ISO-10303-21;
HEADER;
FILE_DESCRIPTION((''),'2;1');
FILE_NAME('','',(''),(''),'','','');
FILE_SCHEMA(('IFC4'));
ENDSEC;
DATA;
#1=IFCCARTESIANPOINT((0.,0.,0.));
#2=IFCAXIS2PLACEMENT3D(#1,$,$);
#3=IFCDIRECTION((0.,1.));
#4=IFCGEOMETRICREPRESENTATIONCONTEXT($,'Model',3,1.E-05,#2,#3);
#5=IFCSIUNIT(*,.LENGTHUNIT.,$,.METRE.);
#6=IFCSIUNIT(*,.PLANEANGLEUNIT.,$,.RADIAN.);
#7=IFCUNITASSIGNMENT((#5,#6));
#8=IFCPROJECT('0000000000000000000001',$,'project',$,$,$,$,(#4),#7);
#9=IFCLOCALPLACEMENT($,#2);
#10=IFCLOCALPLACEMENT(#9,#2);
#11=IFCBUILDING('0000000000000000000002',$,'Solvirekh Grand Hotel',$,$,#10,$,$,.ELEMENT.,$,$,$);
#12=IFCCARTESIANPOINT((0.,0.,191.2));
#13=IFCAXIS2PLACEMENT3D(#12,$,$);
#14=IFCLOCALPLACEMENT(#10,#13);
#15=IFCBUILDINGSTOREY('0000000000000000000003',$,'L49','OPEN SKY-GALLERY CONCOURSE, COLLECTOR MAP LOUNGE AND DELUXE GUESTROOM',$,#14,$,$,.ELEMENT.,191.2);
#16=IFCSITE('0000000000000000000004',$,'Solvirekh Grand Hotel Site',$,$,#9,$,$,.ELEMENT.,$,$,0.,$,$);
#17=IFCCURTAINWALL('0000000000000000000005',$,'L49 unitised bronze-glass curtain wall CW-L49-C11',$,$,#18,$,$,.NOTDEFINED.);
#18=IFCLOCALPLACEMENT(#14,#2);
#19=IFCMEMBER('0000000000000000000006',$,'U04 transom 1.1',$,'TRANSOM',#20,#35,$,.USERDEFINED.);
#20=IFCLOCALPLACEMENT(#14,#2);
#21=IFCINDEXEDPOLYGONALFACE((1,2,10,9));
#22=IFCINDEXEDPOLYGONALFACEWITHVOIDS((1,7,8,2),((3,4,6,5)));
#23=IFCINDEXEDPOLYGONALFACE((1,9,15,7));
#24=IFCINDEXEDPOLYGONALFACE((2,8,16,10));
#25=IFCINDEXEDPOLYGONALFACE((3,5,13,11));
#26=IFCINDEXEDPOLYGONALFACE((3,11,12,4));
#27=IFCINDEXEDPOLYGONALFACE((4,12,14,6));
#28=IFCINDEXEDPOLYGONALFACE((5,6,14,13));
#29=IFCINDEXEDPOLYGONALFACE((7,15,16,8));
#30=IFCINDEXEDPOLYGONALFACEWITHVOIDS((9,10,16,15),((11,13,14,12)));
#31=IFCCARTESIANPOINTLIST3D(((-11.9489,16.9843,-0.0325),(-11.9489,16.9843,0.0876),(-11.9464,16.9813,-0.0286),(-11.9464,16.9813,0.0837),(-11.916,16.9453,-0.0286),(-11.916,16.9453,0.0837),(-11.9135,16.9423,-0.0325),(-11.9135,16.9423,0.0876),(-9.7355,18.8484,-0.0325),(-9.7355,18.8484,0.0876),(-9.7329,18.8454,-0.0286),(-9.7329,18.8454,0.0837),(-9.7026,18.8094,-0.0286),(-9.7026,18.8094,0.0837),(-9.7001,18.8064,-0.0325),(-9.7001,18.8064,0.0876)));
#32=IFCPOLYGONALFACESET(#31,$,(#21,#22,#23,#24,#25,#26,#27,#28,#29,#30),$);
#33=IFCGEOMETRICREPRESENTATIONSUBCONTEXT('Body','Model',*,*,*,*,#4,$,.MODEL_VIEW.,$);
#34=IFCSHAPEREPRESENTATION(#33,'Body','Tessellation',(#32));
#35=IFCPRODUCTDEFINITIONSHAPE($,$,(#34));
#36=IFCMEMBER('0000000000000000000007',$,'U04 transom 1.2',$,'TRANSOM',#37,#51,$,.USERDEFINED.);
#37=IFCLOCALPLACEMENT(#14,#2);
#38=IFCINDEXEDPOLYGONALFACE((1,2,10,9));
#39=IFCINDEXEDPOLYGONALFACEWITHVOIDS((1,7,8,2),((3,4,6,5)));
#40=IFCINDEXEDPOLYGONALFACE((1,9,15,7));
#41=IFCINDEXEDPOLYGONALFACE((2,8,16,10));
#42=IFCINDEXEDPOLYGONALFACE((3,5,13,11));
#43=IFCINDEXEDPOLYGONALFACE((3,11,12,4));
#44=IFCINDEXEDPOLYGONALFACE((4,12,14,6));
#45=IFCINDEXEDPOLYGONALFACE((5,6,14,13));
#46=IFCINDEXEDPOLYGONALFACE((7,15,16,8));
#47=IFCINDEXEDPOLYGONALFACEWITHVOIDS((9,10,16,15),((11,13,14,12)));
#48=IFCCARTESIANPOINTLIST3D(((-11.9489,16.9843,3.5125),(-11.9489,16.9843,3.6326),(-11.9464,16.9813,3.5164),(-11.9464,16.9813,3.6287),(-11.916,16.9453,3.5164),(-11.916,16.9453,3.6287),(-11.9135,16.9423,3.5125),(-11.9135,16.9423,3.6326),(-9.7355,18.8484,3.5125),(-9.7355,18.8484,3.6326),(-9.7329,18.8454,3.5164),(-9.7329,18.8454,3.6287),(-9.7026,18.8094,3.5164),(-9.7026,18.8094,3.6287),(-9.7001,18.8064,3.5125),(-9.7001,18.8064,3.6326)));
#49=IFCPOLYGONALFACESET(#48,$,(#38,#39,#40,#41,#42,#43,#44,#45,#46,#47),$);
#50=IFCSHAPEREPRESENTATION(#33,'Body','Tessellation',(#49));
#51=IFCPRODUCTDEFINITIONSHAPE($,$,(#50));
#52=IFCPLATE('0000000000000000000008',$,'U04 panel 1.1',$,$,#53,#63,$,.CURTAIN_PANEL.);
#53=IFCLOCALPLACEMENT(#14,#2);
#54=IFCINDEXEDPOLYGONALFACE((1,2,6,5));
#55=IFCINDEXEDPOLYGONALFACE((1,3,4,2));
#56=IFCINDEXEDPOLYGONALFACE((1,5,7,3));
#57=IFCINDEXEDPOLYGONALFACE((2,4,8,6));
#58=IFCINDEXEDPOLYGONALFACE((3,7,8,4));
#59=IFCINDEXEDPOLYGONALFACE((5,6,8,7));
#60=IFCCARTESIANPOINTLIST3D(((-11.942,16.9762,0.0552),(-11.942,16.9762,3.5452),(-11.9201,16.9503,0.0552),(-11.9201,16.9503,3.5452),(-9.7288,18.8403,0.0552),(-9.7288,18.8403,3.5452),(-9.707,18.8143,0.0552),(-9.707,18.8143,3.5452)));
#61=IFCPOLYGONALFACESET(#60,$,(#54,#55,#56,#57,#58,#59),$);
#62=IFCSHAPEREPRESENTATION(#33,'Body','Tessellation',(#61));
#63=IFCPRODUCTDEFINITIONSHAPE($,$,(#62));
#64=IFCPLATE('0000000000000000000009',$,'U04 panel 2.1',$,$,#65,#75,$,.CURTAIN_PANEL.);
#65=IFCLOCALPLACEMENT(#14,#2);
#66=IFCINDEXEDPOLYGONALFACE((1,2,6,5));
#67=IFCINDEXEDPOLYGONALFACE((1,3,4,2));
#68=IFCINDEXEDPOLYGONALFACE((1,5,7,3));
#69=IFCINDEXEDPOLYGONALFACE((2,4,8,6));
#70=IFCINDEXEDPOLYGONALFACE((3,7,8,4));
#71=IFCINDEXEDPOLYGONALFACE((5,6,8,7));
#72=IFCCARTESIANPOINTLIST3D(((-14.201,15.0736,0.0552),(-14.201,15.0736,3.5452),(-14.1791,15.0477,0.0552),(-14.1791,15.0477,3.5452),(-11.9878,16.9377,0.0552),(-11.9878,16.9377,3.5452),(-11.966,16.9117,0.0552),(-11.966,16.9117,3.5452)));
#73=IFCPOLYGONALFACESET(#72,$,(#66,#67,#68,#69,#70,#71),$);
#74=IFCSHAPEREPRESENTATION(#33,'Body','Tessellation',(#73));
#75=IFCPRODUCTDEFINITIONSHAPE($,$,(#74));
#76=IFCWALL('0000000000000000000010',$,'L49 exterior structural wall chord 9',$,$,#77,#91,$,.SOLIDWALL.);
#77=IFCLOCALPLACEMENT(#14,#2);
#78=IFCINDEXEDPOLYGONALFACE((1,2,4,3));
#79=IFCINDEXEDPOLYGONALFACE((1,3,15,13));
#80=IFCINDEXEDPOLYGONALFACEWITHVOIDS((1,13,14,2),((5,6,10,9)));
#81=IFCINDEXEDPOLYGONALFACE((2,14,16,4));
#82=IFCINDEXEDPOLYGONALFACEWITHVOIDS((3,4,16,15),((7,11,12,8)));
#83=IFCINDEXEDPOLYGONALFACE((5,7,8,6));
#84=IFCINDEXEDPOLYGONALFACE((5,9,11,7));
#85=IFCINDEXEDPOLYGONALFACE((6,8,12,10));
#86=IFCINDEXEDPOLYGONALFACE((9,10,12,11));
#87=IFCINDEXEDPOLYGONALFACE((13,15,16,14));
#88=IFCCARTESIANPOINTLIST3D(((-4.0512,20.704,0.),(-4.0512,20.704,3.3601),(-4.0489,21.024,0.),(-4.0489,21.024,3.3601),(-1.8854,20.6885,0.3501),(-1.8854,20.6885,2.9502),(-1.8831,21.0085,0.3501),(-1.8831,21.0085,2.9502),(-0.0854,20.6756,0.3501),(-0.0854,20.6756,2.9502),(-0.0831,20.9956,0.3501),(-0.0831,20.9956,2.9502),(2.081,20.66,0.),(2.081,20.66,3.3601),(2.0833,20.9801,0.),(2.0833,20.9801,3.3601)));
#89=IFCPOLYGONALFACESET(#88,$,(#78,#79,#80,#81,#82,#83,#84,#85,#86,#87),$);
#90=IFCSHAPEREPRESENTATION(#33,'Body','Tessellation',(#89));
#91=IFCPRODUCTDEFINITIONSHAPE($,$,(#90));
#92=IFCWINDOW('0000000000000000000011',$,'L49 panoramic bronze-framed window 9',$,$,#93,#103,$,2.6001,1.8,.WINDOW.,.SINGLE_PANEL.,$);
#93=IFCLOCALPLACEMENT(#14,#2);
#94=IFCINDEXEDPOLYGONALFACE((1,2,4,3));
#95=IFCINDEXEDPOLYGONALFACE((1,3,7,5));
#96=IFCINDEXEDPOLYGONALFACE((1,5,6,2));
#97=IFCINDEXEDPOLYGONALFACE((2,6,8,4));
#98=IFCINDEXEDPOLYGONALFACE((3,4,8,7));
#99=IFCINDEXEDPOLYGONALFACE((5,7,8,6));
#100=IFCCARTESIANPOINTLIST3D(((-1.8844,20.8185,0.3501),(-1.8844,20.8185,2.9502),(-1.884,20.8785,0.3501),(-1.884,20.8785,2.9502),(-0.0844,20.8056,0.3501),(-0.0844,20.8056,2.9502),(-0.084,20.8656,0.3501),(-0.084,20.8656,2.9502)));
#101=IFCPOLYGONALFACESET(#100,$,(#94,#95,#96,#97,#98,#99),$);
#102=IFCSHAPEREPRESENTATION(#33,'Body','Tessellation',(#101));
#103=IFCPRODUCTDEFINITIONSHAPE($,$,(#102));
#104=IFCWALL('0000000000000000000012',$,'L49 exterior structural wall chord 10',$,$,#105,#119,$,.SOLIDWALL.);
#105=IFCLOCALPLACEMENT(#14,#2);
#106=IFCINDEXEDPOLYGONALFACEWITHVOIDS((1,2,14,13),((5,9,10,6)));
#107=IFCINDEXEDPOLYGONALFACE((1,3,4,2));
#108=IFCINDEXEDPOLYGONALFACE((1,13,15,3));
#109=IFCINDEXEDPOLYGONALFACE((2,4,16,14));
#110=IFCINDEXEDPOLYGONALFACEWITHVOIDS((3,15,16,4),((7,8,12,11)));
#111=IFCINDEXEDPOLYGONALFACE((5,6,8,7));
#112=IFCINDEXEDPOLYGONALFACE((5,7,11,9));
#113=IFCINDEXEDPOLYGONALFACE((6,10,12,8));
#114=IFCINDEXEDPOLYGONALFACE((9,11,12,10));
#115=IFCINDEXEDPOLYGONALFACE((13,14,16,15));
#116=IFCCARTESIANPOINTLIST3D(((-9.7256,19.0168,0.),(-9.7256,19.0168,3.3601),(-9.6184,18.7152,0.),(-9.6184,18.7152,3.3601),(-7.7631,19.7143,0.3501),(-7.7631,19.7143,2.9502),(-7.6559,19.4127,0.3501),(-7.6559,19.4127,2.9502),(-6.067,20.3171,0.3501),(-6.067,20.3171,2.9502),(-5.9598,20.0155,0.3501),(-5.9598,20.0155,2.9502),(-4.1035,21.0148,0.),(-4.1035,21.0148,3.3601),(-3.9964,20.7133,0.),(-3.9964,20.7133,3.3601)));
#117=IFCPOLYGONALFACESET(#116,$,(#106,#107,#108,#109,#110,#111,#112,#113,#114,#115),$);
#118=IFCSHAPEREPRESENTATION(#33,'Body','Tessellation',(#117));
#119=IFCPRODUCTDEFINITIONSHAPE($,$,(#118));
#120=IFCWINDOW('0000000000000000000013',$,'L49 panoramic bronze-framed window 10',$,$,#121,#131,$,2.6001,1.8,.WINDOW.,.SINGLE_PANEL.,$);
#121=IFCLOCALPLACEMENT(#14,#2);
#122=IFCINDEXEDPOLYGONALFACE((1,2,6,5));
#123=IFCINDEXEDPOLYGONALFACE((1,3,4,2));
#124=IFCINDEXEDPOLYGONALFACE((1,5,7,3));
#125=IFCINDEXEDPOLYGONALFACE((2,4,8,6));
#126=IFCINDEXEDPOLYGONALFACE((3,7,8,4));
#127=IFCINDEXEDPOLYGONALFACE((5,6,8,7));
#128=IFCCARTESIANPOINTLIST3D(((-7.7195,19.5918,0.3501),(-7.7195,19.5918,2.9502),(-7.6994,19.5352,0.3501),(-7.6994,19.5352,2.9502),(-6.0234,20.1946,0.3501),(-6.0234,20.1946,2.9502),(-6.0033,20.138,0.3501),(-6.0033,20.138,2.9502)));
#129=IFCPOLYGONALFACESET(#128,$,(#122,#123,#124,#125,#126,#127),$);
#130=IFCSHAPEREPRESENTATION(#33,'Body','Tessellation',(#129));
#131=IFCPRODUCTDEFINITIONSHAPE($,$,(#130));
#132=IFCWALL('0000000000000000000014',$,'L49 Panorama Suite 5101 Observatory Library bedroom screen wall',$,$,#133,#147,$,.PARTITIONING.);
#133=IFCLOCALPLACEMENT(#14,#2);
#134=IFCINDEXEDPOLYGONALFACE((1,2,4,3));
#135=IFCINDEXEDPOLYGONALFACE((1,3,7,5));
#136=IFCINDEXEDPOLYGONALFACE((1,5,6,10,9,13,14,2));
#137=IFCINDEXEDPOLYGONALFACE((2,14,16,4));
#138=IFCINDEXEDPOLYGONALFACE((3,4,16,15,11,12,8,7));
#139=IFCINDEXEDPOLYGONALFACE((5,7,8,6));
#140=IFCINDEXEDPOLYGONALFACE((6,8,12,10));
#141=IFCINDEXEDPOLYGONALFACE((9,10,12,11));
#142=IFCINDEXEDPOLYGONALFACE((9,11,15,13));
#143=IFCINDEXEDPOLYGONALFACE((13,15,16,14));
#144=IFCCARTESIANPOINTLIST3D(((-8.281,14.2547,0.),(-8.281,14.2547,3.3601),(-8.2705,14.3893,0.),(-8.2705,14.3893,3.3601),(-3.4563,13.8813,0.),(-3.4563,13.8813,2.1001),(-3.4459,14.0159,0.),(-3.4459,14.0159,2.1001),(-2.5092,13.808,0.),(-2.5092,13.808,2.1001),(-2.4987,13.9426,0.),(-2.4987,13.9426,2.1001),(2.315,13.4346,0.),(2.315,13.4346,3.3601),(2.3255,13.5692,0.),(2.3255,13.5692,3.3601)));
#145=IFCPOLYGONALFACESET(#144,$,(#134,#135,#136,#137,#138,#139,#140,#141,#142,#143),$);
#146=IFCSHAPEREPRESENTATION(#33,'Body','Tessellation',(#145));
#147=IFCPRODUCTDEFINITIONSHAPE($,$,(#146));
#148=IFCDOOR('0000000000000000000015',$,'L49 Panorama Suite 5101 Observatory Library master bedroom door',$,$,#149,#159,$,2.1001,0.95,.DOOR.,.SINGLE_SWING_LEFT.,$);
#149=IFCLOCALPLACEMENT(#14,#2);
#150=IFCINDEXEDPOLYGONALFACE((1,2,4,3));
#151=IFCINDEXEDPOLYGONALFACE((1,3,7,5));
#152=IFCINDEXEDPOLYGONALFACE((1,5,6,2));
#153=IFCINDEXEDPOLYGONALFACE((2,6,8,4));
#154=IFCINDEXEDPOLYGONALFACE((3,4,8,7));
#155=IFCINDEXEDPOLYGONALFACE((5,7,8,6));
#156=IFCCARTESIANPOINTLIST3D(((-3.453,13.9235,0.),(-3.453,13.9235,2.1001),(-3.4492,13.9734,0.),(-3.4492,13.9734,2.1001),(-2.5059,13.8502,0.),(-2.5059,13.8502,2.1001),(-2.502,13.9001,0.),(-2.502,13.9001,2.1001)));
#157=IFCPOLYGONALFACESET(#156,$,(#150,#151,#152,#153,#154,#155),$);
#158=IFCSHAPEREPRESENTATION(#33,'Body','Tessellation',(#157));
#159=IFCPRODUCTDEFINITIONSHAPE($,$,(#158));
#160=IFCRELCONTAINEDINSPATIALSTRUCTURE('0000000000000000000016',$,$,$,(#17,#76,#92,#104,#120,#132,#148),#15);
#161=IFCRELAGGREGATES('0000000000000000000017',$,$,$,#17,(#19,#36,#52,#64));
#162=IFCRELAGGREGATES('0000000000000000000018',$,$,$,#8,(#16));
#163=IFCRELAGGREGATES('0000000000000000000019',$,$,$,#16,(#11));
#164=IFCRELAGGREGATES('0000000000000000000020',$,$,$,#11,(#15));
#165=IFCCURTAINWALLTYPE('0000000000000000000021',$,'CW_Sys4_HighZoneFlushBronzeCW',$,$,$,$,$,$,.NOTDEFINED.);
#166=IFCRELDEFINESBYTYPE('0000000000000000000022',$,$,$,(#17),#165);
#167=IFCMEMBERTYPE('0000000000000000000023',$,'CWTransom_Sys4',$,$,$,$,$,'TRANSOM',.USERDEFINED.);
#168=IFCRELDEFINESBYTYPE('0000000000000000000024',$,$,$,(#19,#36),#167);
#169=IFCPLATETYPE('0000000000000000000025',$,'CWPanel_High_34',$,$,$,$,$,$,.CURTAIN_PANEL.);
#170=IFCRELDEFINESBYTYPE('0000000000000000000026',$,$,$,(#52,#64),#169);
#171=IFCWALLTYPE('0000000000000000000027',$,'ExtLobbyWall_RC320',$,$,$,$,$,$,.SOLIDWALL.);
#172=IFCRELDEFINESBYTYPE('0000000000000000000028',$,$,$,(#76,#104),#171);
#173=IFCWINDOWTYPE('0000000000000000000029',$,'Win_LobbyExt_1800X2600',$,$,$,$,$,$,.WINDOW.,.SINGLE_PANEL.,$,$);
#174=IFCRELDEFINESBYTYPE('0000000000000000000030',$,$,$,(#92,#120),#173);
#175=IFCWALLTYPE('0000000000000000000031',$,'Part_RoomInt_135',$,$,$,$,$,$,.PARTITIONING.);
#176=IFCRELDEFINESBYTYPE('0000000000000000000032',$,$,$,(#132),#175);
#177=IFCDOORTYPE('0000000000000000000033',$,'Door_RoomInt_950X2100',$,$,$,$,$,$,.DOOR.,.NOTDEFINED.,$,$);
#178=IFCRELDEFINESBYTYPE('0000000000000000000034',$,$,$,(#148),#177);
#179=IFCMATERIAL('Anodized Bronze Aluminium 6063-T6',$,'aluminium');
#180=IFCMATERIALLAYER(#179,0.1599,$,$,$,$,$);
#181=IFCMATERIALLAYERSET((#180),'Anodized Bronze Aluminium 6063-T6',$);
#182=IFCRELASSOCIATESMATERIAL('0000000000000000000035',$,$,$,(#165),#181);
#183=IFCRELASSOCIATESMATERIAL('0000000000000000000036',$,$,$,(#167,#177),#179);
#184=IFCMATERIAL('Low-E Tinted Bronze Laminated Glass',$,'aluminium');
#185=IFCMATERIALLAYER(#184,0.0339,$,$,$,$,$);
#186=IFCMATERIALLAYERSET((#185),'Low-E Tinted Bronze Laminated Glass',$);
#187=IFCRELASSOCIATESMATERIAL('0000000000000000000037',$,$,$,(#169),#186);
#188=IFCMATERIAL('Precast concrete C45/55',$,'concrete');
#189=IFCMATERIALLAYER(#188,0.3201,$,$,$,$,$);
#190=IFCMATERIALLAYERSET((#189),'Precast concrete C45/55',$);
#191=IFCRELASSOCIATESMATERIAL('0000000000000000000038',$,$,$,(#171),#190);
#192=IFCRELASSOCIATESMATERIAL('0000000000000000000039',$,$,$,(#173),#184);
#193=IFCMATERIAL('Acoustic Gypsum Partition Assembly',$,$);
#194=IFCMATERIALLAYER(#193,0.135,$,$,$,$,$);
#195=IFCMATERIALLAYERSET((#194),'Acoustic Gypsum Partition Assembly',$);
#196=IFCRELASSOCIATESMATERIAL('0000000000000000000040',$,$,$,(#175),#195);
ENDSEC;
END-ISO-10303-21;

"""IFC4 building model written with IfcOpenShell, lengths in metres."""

from ifc_helpers import new_model, si_unit, direction, frame, frame_2d, origin, origin_2d, place, context, subcontext, project, spatial, rectangle, hollow_rectangle, extrude, source, transform, mapped, material, layer, layer_set, material_profile, profile_set, type_object, element, fill, aggregate, save


model = new_model("IFC4")

# Units and contexts
model_context = context("Model", 3, precision=1e-05, world=origin(), true_north=direction((0.0, 1.0)))
body_context = subcontext(model_context, "Body", "Model", "MODEL_VIEW")
ifc_project = project(units=[si_unit("LENGTHUNIT", "METRE"), si_unit("PLANEANGLEUNIT", "RADIAN")], contexts=[model_context])

# Site, building, storey
site_placement = place(None, origin())
site = spatial("IfcSite", under=ifc_project, at=site_placement, Name="Solvirekh Grand Hotel Site", CompositionType="ELEMENT", RefElevation=0.0)
building_placement = place(site_placement, origin())
building = spatial("IfcBuilding", under=site, at=building_placement, Name="Solvirekh Grand Hotel", CompositionType="ELEMENT")
storey_placement = place(building_placement, frame((0.0, 0.0, 191.2)))
storey = spatial("IfcBuildingStorey", under=building, at=storey_placement, Name="L49", Description="OPEN SKY-GALLERY CONCOURSE, COLLECTOR MAP LOUNGE AND DELUXE GUESTROOM", CompositionType="ELEMENT", Elevation=191.2)

# Curtain wall, members, plates
ifc_material_1 = material(Name="Anodized Bronze Aluminium 6063-T6", Category="aluminium")
ifc_layer_1 = layer(ifc_material_1, 0.1599)
ifc_layer_set_1 = layer_set([ifc_layer_1], Name="Anodized Bronze Aluminium 6063-T6")
curtain_wall_type = type_object("IfcCurtainWallType", Name="CW_Sys4_HighZoneFlushBronzeCW", PredefinedType="NOTDEFINED", material=ifc_layer_set_1)
curtain_wall_placement = place(storey_placement, origin())
curtain_wall = element("IfcCurtainWall", 1, at=curtain_wall_placement, inside=storey, type_object=curtain_wall_type, Name="L49 unitised bronze-glass curtain wall CW-L49-C11", PredefinedType="NOTDEFINED")
ifc_material_profile_1 = material_profile(ifc_material_1, hollow_rectangle(XDim=0.0549, YDim=0.1201, WallThickness=0.0039, at=origin_2d()), Name="ALU RHS 120X55X4")
ifc_profile_set_1 = profile_set([ifc_material_profile_1], Name="Anodized Bronze Aluminium 6063-T6")
member_type_1 = type_object("IfcMemberType", Name="CWTransom_Sys4", ElementType="TRANSOM", PredefinedType="USERDEFINED", material=ifc_profile_set_1)
shared_shape_1 = source(origin(), body_context, "Body", "SweptSolid", [
    extrude(hollow_rectangle(XDim=0.0549, YDim=0.1201, WallThickness=0.0039, at=origin_2d()), origin(), (0.0, 0.0, 1.0), 2.8938),
])
member_1_placement = place(storey_placement, frame((-9.7178, 18.8274, 0.0276), z_axis=(-0.764892, -0.644159, 0.0), x_axis=(0.644159, -0.764892, 0.0)))
member_1 = element("IfcMember", 2, at=member_1_placement, type_object=member_type_1, Name="U04 transom 1.1", ObjectType="TRANSOM", PredefinedType="USERDEFINED", context=body_context, shape_type="MappedRepresentation", body=[
    mapped(shared_shape_1, transform((0.0, 0.0, 0.0), x_axis=(1.0, 0.0, 0.0), y_axis=(0.0, 1.0, 0.0), z_axis=(0.0, 0.0, 1.0), scale=1.0)),
])
member_2_placement = place(storey_placement, frame((-9.7178, 18.8274, 3.5725), z_axis=(-0.764892, -0.644159, 0.0), x_axis=(0.644159, -0.764892, 0.0)))
member_2 = element("IfcMember", 3, at=member_2_placement, type_object=member_type_1, Name="U04 transom 1.2", ObjectType="TRANSOM", PredefinedType="USERDEFINED", context=body_context, shape_type="MappedRepresentation", body=[
    mapped(shared_shape_1, transform((0.0, 0.0, 0.0), x_axis=(1.0, 0.0, 0.0), y_axis=(0.0, 1.0, 0.0), z_axis=(0.0, 0.0, 1.0), scale=1.0)),
])
ifc_material_2 = material(Name="Low-E Tinted Bronze Laminated Glass", Category="aluminium")
ifc_layer_2 = layer(ifc_material_2, 0.0339)
ifc_layer_set_2 = layer_set([ifc_layer_2], Name="Low-E Tinted Bronze Laminated Glass")
plate_type = type_object("IfcPlateType", Name="CWPanel_High_34", PredefinedType="CURTAIN_PANEL", material=ifc_layer_set_2)
shared_shape_2 = source(origin(), body_context, "Body", "SweptSolid", [
    extrude(rectangle(XDim=2.8936, YDim=0.0339, at=origin_2d()), origin(), (0.0, 0.0, 1.0), 3.49),
])
plate_1_placement = place(storey_placement, frame((-10.8245, 17.8953, 0.0552), z_axis=(0.0, 0.0, 1.0), x_axis=(-0.764859, -0.644198, 0.0)))
plate_1 = element("IfcPlate", 4, at=plate_1_placement, type_object=plate_type, Name="U04 panel 1.1", PredefinedType="CURTAIN_PANEL", context=body_context, shape_type="MappedRepresentation", body=[
    mapped(shared_shape_2, transform((0.0, 0.0, 0.0), x_axis=(1.0, 0.0, 0.0), y_axis=(0.0, 1.0, 0.0), z_axis=(0.0, 0.0, 1.0), scale=1.0)),
])
plate_2_placement = place(storey_placement, frame((-13.0835, 15.9927, 0.0552), z_axis=(0.0, 0.0, 1.0), x_axis=(-0.764859, -0.644198, 0.0)))
plate_2 = element("IfcPlate", 5, at=plate_2_placement, type_object=plate_type, Name="U04 panel 2.1", PredefinedType="CURTAIN_PANEL", context=body_context, shape_type="MappedRepresentation", body=[
    mapped(shared_shape_2, transform((0.0, 0.0, 0.0), x_axis=(1.0, 0.0, 0.0), y_axis=(0.0, 1.0, 0.0), z_axis=(0.0, 0.0, 1.0), scale=1.0)),
])
aggregate(curtain_wall, [member_1, member_2, plate_1, plate_2])

# Walls, openings, windows
ifc_material_3 = material(Name="Precast concrete C45/55", Category="concrete")
ifc_layer_3 = layer(ifc_material_3, 0.3201)
ifc_layer_set_3 = layer_set([ifc_layer_3], Name="Precast concrete C45/55")
wall_type_1 = type_object("IfcWallType", Name="ExtLobbyWall_RC320", PredefinedType="SOLIDWALL", material=ifc_layer_set_3)
wall_1_placement = place(storey_placement, frame((-4.05, 20.864, 0.0), z_axis=(0.0, 0.0, 1.0), x_axis=(0.999974, -0.007166, 0.0)))
wall_1 = element("IfcWall", 6, at=wall_1_placement, inside=storey, type_object=wall_type_1, Name="L49 exterior structural wall chord 9", PredefinedType="SOLIDWALL", context=body_context, shape_type="SweptSolid", body=[
    extrude(rectangle(XDim=6.1323, YDim=0.3201, at=frame_2d((3.0662, 0.0))), origin(), (0.0, 0.0, 1.0), 3.3601),
])
opening_1_placement = place(wall_1_placement, frame((2.166, 0.0, 0.3501)))
opening_1 = element("IfcOpeningElement", 7, at=opening_1_placement, cuts=wall_1, PredefinedType="OPENING", context=body_context, shape_type="SweptSolid", body=[
    extrude(rectangle(XDim=1.8, YDim=2.6001, at=frame_2d((0.8999, 1.3))), frame((0.0, 0.1699, 0.0), z_axis=(0.0, -1.0, 0.0), x_axis=(1.0, 0.0, 0.0)), (0.0, 0.0, 1.0), 0.3401),
])
window_type = type_object("IfcWindowType", Name="Win_LobbyExt_1800X2600", PartitioningType="SINGLE_PANEL", PredefinedType="WINDOW", material=ifc_material_2)
window_1_placement = place(opening_1_placement, origin())
window_1 = element("IfcWindow", 8, at=window_1_placement, inside=storey, type_object=window_type, Name="L49 panoramic bronze-framed window 9", OverallHeight=2.6001, OverallWidth=1.8, PartitioningType="SINGLE_PANEL", PredefinedType="WINDOW", context=body_context, shape_type="SweptSolid", body=[
    extrude(rectangle(XDim=1.8, YDim=2.6001, at=frame_2d((0.8999, 1.3))), frame((0.0, 0.03, 0.0), z_axis=(0.0, -1.0, 0.0), x_axis=(1.0, 0.0, 0.0)), (0.0, 0.0, 1.0), 0.0601),
])
fill(opening_1, window_1)
wall_2_placement = place(storey_placement, frame((-9.6721, 18.866, 0.0), z_axis=(0.0, 0.0, 1.0), x_axis=(0.942263, 0.334874, 0.0)))
wall_2 = element("IfcWall", 9, at=wall_2_placement, inside=storey, type_object=wall_type_1, Name="L49 exterior structural wall chord 10", PredefinedType="SOLIDWALL", context=body_context, shape_type="SweptSolid", body=[
    extrude(rectangle(XDim=5.9666, YDim=0.3201, at=frame_2d((2.9834, 0.0))), origin(), (0.0, 0.0, 1.0), 3.3601),
])
opening_2_placement = place(wall_2_placement, frame((2.083, 0.0, 0.3501)))
opening_2 = element("IfcOpeningElement", 10, at=opening_2_placement, cuts=wall_2, PredefinedType="OPENING", context=body_context, shape_type="SweptSolid", body=[
    extrude(rectangle(XDim=1.8, YDim=2.6001, at=frame_2d((0.8999, 1.3))), frame((0.0, 0.1699, 0.0), z_axis=(0.0, -1.0, 0.0), x_axis=(1.0, 0.0, 0.0)), (0.0, 0.0, 1.0), 0.3401),
])
window_2_placement = place(opening_2_placement, origin())
window_2 = element("IfcWindow", 11, at=window_2_placement, inside=storey, type_object=window_type, Name="L49 panoramic bronze-framed window 10", OverallHeight=2.6001, OverallWidth=1.8, PartitioningType="SINGLE_PANEL", PredefinedType="WINDOW", context=body_context, shape_type="SweptSolid", body=[
    extrude(rectangle(XDim=1.8, YDim=2.6001, at=frame_2d((0.8999, 1.3))), frame((0.0, 0.03, 0.0), z_axis=(0.0, -1.0, 0.0), x_axis=(1.0, 0.0, 0.0)), (0.0, 0.0, 1.0), 0.0601),
])
fill(opening_2, window_2)

# Wall, opening, door
ifc_material_4 = material(Name="Acoustic Gypsum Partition Assembly")
ifc_layer_4 = layer(ifc_material_4, 0.135)
ifc_layer_set_4 = layer_set([ifc_layer_4], Name="Acoustic Gypsum Partition Assembly")
wall_type_2 = type_object("IfcWallType", Name="Part_RoomInt_135", PredefinedType="PARTITIONING", material=ifc_layer_set_4)
wall_3_placement = place(storey_placement, frame((-8.2759, 14.322, 0.0), z_axis=(0.0, 0.0, 1.0), x_axis=(0.997018, -0.077164, 0.0)))
wall_3 = element("IfcWall", 12, at=wall_3_placement, inside=storey, type_object=wall_type_2, Name="L49 Panorama Suite 5101 Observatory Library bedroom screen wall", PredefinedType="PARTITIONING", context=body_context, shape_type="SweptSolid", body=[
    extrude(rectangle(XDim=10.6277, YDim=0.135, at=frame_2d((5.314, 0.0))), origin(), (0.0, 0.0, 1.0), 3.3601),
])
opening_3_placement = place(wall_3_placement, frame((4.8391, 0.0, 0.0)))
opening_3 = element("IfcOpeningElement", 13, at=opening_3_placement, cuts=wall_3, PredefinedType="OPENING", context=body_context, shape_type="SweptSolid", body=[
    extrude(rectangle(XDim=0.95, YDim=2.1001, at=frame_2d((0.4751, 1.05))), frame((0.0, 0.0776, 0.0), z_axis=(0.0, -1.0, 0.0), x_axis=(1.0, 0.0, 0.0)), (0.0, 0.0, 1.0), 0.155),
])
door_type = type_object("IfcDoorType", Name="Door_RoomInt_950X2100", OperationType="NOTDEFINED", PredefinedType="DOOR", material=ifc_material_1)
door_placement = place(opening_3_placement, origin())
door = element("IfcDoor", 14, at=door_placement, inside=storey, type_object=door_type, Name="L49 Panorama Suite 5101 Observatory Library master bedroom door", OperationType="SINGLE_SWING_LEFT", OverallHeight=2.1001, OverallWidth=0.95, PredefinedType="DOOR", context=body_context, shape_type="SweptSolid", body=[
    extrude(rectangle(XDim=0.95, YDim=2.1001, at=frame_2d((0.4751, 1.05))), frame((0.0, 0.0249, 0.0), z_axis=(0.0, -1.0, 0.0), x_axis=(1.0, 0.0, 0.0)), (0.0, 0.0, 1.0), 0.05),
])
fill(opening_3, door)

save(model, "model.ifc")
